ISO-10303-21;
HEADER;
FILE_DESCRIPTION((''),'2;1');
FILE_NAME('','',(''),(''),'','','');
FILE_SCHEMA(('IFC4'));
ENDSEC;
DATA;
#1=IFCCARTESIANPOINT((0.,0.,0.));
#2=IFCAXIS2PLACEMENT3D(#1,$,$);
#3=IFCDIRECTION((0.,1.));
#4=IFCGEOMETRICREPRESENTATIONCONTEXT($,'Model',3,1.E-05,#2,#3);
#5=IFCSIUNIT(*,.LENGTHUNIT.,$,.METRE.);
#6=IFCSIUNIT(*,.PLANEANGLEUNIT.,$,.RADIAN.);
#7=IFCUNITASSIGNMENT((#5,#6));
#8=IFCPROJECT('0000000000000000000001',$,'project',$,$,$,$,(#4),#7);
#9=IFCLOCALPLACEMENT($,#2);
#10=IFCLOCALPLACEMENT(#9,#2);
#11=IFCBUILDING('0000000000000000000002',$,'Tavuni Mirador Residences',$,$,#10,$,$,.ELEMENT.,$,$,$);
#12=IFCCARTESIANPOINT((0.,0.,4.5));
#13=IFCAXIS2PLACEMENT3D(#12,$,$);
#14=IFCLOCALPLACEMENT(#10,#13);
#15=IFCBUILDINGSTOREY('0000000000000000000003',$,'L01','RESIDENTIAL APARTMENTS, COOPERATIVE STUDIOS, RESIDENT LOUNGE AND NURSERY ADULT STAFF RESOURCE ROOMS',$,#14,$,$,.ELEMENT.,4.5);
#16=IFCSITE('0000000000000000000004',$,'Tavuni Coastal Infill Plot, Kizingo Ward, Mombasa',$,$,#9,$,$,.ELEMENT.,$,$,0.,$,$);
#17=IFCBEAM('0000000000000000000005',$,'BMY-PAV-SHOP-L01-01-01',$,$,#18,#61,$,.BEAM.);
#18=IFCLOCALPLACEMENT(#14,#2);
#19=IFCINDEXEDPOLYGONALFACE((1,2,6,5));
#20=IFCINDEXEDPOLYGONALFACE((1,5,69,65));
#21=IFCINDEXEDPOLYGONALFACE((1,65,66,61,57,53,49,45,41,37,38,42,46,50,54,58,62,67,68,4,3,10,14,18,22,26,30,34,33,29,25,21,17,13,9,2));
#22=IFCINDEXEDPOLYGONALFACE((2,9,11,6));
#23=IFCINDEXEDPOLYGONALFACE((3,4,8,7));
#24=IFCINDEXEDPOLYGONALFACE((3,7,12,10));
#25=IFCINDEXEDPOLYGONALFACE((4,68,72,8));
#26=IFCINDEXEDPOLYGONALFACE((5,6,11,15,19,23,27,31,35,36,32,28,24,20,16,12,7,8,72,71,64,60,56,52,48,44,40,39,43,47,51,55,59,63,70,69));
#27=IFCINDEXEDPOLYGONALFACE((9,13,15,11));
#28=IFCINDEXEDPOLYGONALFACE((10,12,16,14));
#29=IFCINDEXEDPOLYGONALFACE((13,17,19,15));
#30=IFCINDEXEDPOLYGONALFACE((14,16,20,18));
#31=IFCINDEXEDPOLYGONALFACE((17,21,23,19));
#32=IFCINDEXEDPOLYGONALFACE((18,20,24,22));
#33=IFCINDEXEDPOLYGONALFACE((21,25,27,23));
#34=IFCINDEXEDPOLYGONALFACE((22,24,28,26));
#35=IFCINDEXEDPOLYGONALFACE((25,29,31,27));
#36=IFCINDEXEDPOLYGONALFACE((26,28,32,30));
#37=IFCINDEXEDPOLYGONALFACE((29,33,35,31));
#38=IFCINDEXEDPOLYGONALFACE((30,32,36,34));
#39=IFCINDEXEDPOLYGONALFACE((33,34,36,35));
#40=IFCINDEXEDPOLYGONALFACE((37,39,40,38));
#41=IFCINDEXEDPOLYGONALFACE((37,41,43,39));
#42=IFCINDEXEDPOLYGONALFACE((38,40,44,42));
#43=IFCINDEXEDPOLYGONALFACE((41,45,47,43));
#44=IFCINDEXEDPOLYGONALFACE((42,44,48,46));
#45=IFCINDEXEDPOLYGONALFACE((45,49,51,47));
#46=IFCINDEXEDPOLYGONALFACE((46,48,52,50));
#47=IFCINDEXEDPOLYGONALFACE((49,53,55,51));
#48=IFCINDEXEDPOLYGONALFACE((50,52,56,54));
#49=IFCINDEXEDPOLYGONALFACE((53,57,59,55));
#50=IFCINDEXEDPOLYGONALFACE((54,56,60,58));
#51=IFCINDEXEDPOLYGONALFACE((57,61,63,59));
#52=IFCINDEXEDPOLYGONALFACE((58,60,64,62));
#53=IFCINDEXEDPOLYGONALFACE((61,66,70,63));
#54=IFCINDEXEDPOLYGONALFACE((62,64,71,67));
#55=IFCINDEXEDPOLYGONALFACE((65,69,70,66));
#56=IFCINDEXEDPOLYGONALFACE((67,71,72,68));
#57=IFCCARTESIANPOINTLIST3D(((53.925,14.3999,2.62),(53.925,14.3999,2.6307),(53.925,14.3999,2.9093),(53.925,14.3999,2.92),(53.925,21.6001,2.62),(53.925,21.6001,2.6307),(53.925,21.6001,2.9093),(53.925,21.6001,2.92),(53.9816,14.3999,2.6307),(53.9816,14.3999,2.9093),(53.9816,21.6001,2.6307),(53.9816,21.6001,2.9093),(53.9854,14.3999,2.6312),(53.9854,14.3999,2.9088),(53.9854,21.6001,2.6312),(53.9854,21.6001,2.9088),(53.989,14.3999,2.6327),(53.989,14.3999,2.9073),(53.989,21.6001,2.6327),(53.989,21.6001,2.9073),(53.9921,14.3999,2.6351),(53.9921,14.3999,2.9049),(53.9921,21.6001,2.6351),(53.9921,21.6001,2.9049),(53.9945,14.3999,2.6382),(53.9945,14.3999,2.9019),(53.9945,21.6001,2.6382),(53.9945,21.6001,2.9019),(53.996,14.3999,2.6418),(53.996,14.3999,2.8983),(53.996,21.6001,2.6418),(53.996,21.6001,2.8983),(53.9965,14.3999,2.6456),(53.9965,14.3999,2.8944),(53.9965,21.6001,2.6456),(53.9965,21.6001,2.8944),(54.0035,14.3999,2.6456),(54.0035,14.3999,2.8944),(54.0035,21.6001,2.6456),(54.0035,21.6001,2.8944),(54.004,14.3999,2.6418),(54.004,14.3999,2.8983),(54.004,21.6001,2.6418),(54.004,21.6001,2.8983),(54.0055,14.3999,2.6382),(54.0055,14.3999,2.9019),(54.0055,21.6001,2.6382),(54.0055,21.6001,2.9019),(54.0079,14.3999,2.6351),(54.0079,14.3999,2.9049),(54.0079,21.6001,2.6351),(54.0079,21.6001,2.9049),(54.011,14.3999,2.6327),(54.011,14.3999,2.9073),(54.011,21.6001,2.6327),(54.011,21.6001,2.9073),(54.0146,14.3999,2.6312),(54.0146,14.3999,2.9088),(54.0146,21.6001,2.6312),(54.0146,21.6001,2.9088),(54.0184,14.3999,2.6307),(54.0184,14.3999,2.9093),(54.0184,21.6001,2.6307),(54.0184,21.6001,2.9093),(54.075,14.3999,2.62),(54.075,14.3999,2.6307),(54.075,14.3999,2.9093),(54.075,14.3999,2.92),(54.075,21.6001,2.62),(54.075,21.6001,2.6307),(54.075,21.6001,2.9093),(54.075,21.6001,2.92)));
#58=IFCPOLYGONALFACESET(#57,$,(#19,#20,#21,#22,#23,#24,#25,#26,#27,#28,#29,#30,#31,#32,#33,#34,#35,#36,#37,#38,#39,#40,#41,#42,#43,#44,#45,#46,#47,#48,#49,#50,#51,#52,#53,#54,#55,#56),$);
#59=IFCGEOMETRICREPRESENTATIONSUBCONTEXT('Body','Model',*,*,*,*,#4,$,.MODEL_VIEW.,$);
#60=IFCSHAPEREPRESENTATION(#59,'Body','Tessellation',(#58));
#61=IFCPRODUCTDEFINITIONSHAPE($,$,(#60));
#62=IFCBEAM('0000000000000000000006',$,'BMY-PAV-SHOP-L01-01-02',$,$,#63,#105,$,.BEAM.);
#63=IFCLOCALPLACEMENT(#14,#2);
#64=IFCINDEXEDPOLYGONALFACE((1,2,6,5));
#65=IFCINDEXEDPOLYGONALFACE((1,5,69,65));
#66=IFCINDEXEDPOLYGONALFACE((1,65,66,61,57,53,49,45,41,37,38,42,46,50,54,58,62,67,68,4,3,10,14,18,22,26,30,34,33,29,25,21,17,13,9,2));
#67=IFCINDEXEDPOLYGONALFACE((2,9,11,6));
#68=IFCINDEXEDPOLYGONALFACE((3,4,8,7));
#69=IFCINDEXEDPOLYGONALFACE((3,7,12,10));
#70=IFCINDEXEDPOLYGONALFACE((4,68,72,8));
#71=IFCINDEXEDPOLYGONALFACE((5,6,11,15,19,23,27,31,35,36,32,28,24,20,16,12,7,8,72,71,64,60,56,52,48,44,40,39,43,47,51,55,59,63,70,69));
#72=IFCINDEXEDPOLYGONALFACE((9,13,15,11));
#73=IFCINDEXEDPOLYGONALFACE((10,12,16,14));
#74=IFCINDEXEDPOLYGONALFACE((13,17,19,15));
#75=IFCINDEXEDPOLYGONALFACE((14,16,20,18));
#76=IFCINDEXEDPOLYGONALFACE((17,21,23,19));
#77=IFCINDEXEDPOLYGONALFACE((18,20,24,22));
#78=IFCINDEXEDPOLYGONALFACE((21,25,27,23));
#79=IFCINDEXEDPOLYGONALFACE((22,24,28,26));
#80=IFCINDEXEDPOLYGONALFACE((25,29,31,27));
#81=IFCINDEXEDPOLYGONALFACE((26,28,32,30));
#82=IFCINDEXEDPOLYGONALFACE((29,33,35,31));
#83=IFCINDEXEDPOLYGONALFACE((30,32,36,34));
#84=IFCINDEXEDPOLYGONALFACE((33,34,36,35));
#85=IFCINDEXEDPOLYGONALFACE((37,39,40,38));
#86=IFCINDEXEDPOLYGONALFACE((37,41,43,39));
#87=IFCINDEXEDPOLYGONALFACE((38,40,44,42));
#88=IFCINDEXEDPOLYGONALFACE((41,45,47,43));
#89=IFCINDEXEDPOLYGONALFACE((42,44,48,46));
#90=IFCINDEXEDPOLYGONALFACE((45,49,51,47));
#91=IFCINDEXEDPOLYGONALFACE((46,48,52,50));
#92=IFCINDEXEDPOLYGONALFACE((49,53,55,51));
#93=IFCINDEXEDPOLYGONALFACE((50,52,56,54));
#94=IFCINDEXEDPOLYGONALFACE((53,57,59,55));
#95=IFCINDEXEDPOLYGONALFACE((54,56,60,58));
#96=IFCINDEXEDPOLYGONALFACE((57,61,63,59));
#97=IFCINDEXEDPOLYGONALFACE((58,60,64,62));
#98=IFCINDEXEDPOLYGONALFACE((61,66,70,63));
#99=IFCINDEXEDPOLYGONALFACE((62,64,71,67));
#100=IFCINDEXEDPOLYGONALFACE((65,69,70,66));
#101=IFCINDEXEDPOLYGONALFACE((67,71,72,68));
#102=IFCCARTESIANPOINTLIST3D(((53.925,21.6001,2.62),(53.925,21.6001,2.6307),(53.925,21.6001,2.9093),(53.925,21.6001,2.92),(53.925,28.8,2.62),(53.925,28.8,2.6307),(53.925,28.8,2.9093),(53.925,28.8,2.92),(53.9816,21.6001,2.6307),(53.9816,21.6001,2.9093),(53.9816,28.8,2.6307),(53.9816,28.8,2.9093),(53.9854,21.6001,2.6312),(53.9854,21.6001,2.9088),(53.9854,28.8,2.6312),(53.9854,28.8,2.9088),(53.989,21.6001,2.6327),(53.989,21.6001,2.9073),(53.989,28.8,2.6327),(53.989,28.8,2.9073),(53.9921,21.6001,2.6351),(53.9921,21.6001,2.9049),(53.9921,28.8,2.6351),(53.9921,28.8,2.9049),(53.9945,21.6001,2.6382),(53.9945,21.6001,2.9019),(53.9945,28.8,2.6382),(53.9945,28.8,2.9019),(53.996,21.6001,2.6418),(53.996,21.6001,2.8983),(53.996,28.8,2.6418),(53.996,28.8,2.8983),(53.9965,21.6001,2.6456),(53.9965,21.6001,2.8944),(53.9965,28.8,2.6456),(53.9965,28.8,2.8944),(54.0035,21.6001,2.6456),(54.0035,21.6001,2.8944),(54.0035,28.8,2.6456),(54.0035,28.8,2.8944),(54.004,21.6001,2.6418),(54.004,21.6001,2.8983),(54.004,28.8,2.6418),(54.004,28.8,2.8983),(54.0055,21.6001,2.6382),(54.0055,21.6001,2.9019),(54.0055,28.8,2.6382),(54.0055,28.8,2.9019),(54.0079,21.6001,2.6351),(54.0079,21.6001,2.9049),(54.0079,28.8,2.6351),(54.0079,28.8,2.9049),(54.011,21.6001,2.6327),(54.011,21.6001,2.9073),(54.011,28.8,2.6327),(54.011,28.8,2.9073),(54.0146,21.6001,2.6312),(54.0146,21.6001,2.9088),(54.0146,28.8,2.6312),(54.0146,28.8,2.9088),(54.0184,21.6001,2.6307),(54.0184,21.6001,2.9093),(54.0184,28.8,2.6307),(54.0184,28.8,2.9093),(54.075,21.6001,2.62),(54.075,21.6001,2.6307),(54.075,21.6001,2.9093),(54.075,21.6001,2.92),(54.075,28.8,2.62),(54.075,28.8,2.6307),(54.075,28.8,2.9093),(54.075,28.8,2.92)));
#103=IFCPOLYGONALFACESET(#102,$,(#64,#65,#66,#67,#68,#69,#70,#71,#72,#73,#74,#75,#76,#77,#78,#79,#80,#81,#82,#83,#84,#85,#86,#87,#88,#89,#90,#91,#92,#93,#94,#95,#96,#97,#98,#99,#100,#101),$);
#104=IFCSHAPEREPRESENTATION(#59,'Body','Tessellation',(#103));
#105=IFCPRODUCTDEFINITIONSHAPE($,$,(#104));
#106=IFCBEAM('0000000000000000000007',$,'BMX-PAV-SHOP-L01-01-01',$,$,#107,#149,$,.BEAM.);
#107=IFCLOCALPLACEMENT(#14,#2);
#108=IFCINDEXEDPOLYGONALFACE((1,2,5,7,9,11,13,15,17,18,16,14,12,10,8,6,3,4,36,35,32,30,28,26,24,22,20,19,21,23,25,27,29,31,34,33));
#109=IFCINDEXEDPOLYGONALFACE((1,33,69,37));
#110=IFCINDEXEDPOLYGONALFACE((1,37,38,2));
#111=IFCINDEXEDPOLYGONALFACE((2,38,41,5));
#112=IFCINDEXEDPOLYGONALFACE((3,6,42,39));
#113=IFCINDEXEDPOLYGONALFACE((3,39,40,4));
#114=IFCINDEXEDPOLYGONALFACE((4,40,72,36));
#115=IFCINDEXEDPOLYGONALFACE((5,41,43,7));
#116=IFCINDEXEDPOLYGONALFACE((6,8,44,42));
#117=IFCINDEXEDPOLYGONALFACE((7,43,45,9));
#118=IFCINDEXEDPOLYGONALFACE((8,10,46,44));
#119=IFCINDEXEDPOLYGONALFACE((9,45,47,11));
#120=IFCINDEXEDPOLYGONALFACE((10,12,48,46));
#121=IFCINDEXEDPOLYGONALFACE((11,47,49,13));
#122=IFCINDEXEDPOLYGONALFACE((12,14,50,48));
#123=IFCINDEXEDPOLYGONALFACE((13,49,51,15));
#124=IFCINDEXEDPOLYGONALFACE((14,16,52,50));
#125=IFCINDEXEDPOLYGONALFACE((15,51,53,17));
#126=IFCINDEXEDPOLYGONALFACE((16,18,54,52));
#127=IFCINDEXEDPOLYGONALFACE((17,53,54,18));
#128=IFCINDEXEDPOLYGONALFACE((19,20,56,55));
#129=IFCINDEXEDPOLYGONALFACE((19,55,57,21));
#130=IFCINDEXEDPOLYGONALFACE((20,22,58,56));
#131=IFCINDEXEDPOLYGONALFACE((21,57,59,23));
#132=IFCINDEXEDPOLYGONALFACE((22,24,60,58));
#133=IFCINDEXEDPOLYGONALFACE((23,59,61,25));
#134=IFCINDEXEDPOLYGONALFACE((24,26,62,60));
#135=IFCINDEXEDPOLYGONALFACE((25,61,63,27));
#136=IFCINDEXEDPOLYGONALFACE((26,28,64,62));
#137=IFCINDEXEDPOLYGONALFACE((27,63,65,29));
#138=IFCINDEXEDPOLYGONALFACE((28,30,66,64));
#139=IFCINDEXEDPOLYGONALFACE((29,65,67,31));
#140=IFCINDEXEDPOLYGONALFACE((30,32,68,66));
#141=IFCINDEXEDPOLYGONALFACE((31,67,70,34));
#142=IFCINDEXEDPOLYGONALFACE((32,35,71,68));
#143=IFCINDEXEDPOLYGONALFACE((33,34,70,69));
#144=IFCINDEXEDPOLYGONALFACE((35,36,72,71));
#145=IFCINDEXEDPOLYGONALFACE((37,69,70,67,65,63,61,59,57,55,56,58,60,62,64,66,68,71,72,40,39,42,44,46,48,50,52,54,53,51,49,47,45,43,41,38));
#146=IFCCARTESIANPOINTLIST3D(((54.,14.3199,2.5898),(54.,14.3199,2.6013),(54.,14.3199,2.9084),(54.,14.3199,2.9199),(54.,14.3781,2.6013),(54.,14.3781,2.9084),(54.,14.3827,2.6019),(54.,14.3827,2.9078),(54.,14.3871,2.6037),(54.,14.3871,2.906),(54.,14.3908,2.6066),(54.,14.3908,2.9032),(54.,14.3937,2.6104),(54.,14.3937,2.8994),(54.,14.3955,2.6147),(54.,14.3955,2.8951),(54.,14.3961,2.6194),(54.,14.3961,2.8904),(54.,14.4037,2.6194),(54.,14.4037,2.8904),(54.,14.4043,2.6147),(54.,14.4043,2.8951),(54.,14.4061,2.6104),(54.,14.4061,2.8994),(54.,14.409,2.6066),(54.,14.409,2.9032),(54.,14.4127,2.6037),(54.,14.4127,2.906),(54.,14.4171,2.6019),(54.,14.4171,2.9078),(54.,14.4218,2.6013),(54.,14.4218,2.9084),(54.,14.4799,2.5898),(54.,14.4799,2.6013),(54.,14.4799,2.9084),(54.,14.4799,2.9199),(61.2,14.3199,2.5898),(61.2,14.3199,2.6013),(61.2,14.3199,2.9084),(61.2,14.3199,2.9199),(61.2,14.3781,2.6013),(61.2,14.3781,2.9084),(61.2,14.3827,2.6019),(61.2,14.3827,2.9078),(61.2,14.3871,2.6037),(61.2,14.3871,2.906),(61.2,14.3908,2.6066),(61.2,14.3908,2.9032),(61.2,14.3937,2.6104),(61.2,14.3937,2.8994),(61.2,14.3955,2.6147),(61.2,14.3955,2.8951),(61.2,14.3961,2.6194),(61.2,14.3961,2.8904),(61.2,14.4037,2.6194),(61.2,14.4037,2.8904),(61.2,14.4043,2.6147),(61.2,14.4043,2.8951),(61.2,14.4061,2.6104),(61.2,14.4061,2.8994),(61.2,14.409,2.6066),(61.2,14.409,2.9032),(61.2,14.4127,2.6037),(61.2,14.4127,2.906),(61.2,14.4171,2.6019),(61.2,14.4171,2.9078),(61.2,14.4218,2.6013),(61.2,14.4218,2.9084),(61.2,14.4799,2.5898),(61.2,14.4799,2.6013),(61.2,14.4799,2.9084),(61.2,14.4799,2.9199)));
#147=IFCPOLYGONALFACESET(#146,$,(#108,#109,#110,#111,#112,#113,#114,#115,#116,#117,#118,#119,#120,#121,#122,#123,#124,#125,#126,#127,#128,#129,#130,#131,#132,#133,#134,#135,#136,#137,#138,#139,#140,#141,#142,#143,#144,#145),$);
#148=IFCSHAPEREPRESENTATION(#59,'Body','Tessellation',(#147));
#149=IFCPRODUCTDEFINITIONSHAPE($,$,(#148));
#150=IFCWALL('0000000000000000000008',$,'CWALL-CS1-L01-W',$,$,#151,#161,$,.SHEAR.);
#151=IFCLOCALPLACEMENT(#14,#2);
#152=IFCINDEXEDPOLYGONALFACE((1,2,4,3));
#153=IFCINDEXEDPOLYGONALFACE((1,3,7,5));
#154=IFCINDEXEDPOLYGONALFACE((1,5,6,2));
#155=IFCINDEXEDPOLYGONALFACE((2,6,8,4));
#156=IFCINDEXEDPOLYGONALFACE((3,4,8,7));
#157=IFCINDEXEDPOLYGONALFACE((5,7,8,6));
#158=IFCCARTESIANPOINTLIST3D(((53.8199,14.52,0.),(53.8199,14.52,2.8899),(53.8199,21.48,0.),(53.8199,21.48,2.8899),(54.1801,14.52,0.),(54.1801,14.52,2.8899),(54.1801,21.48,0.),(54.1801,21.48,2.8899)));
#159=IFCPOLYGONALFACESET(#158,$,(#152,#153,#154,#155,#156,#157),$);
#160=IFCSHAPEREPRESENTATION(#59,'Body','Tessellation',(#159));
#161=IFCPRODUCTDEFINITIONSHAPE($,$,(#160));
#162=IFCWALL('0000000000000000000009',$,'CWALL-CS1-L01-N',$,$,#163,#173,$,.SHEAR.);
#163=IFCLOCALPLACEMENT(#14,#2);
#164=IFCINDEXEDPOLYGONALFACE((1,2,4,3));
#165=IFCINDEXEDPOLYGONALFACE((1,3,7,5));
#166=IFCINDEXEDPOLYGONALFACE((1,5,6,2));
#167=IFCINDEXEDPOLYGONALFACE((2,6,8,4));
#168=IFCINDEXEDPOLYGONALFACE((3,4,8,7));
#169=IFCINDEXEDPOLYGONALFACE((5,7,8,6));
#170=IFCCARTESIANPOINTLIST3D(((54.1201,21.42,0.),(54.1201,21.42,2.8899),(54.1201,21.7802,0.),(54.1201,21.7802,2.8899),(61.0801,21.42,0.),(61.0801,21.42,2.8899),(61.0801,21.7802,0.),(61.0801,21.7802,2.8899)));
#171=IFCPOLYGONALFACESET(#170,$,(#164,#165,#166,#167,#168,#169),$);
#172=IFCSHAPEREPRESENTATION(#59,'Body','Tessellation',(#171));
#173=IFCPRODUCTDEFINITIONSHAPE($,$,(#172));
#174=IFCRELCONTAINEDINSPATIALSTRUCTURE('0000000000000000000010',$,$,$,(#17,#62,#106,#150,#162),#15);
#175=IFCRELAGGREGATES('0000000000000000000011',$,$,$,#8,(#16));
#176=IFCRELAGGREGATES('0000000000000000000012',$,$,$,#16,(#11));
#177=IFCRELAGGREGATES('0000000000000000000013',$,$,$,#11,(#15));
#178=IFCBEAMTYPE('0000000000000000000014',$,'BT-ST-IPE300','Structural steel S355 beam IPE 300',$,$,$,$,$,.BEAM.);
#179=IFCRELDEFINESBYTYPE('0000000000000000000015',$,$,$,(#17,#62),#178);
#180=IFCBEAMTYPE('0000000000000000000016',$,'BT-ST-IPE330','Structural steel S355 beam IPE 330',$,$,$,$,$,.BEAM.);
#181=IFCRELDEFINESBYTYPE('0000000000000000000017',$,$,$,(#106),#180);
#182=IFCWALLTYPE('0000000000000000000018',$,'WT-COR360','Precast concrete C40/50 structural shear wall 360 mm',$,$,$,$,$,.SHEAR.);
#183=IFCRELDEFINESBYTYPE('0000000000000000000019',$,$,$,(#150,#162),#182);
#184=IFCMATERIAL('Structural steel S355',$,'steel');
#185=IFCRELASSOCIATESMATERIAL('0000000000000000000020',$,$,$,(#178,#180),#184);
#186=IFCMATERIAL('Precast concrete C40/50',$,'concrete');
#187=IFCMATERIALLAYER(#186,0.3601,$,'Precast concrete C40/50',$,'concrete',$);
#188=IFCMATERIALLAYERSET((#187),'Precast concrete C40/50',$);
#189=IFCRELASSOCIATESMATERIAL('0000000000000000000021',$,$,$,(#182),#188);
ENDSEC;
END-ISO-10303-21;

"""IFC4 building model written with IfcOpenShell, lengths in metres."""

from ifc_helpers import new_model, si_unit, direction, frame, frame_2d, origin, origin_2d, place, context, subcontext, project, spatial, rectangle, i_section, extrude, material, layer, layer_set, material_profile, profile_set, type_object, element, save


model = new_model("IFC4")

# Units and contexts
model_context = context("Model", 3, precision=1e-05, world=origin(), true_north=direction((0.0, 1.0)))
body_context = subcontext(model_context, "Body", "Model", "MODEL_VIEW")
ifc_project = project(units=[si_unit("LENGTHUNIT", "METRE"), si_unit("PLANEANGLEUNIT", "RADIAN")], contexts=[model_context])

# Site, building, storey
site_placement = place(None, origin())
site = spatial("IfcSite", under=ifc_project, at=site_placement, Name="Tavuni Coastal Infill Plot, Kizingo Ward, Mombasa", CompositionType="ELEMENT", RefElevation=0.0)
building_placement = place(site_placement, origin())
building = spatial("IfcBuilding", under=site, at=building_placement, Name="Tavuni Mirador Residences", CompositionType="ELEMENT")
storey_placement = place(building_placement, frame((0.0, 0.0, 4.5)))
storey = spatial("IfcBuildingStorey", under=building, at=storey_placement, Name="L01", Description="RESIDENTIAL APARTMENTS, COOPERATIVE STUDIOS, RESIDENT LOUNGE AND NURSERY ADULT STAFF RESOURCE ROOMS", CompositionType="ELEMENT", Elevation=4.5)

# Shared definitions
ifc_material_1 = material(Name="Precast concrete C40/50", Category="concrete")
ifc_material_2 = material(Name="Structural steel S355", Category="steel")

# Beams
ifc_material_profile_1 = material_profile(ifc_material_2, i_section(OverallWidth=0.1499, OverallDepth=0.3, WebThickness=0.0071, FlangeThickness=0.0107, FilletRadius=0.0149, at=origin_2d()), Name="IPE 300", Category="steel")
ifc_profile_set_1 = profile_set([ifc_material_profile_1], Name="Structural steel S355")
beam_type_1 = type_object("IfcBeamType", Name="BT-ST-IPE300", Description="Structural steel S355 beam IPE 300", PredefinedType="BEAM", material=ifc_profile_set_1)
beam_1_placement = place(storey_placement, frame((54.0, 14.3999, 2.77), z_axis=(0.0, 1.0, 0.0), x_axis=(-1.0, 0.0, 0.0)))
element("IfcBeam", 1, at=beam_1_placement, inside=storey, type_object=beam_type_1, Name="BMY-PAV-SHOP-L01-01-01", PredefinedType="BEAM", context=body_context, shape_type="SweptSolid", body=[
    extrude(i_section(OverallWidth=0.1499, OverallDepth=0.3, WebThickness=0.0071, FlangeThickness=0.0107, FilletRadius=0.0149, at=origin_2d()), origin(), (0.0, 0.0, 1.0), 7.2002),
])
beam_2_placement = place(storey_placement, frame((54.0, 21.6001, 2.77), z_axis=(0.0, 1.0, 0.0), x_axis=(-1.0, 0.0, 0.0)))
element("IfcBeam", 2, at=beam_2_placement, inside=storey, type_object=beam_type_1, Name="BMY-PAV-SHOP-L01-01-02", PredefinedType="BEAM", context=body_context, shape_type="SweptSolid", body=[
    extrude(i_section(OverallWidth=0.1499, OverallDepth=0.3, WebThickness=0.0071, FlangeThickness=0.0107, FilletRadius=0.0149, at=origin_2d()), origin(), (0.0, 0.0, 1.0), 7.2),
])
ifc_material_profile_2 = material_profile(ifc_material_2, i_section(OverallWidth=0.1599, OverallDepth=0.3301, WebThickness=0.0076, FlangeThickness=0.0115, FilletRadius=0.0181, at=origin_2d()), Name="IPE 330", Category="steel")
ifc_profile_set_2 = profile_set([ifc_material_profile_2], Name="Structural steel S355")
beam_type_2 = type_object("IfcBeamType", Name="BT-ST-IPE330", Description="Structural steel S355 beam IPE 330", PredefinedType="BEAM", material=ifc_profile_set_2)
beam_3_placement = place(storey_placement, frame((54.0, 14.3999, 2.7549), z_axis=(1.0, 0.0, 0.0), x_axis=(0.0, 1.0, 0.0)))
element("IfcBeam", 3, at=beam_3_placement, inside=storey, type_object=beam_type_2, Name="BMX-PAV-SHOP-L01-01-01", PredefinedType="BEAM", context=body_context, shape_type="SweptSolid", body=[
    extrude(i_section(OverallWidth=0.1599, OverallDepth=0.3301, WebThickness=0.0076, FlangeThickness=0.0115, FilletRadius=0.0181, at=origin_2d()), origin(), (0.0, 0.0, 1.0), 7.2),
])

# Walls
ifc_layer_1 = layer(ifc_material_1, 0.3601, Name="Precast concrete C40/50", Category="concrete")
ifc_layer_set_1 = layer_set([ifc_layer_1], Name="Precast concrete C40/50")
wall_type_1 = type_object("IfcWallType", Name="WT-COR360", Description="Precast concrete C40/50 structural shear wall 360 mm", PredefinedType="SHEAR", material=ifc_layer_set_1)
for number, where, z_axis, x_axis, name in (
    (4, (54.0, 14.52, 0.0), (0.0, 0.0, 1.0), (0.0, 1.0, 0.0), "CWALL-CS1-L01-W"),
    (5, (54.1201, 21.6001, 0.0), (0.0, 0.0, 1.0), (1.0, 0.0, 0.0), "CWALL-CS1-L01-N"),
):
    element("IfcWall", number, at=place(storey_placement, frame(where, z_axis=z_axis, x_axis=x_axis)), inside=storey, type_object=wall_type_1, Name=name, PredefinedType="SHEAR", context=body_context, shape_type="SweptSolid", body=[
        extrude(rectangle(XDim=6.96, YDim=0.3601, at=frame_2d((3.48, 0.0))), origin(), (0.0, 0.0, 1.0), 2.8899),
    ])

save(model, "model.ifc")
